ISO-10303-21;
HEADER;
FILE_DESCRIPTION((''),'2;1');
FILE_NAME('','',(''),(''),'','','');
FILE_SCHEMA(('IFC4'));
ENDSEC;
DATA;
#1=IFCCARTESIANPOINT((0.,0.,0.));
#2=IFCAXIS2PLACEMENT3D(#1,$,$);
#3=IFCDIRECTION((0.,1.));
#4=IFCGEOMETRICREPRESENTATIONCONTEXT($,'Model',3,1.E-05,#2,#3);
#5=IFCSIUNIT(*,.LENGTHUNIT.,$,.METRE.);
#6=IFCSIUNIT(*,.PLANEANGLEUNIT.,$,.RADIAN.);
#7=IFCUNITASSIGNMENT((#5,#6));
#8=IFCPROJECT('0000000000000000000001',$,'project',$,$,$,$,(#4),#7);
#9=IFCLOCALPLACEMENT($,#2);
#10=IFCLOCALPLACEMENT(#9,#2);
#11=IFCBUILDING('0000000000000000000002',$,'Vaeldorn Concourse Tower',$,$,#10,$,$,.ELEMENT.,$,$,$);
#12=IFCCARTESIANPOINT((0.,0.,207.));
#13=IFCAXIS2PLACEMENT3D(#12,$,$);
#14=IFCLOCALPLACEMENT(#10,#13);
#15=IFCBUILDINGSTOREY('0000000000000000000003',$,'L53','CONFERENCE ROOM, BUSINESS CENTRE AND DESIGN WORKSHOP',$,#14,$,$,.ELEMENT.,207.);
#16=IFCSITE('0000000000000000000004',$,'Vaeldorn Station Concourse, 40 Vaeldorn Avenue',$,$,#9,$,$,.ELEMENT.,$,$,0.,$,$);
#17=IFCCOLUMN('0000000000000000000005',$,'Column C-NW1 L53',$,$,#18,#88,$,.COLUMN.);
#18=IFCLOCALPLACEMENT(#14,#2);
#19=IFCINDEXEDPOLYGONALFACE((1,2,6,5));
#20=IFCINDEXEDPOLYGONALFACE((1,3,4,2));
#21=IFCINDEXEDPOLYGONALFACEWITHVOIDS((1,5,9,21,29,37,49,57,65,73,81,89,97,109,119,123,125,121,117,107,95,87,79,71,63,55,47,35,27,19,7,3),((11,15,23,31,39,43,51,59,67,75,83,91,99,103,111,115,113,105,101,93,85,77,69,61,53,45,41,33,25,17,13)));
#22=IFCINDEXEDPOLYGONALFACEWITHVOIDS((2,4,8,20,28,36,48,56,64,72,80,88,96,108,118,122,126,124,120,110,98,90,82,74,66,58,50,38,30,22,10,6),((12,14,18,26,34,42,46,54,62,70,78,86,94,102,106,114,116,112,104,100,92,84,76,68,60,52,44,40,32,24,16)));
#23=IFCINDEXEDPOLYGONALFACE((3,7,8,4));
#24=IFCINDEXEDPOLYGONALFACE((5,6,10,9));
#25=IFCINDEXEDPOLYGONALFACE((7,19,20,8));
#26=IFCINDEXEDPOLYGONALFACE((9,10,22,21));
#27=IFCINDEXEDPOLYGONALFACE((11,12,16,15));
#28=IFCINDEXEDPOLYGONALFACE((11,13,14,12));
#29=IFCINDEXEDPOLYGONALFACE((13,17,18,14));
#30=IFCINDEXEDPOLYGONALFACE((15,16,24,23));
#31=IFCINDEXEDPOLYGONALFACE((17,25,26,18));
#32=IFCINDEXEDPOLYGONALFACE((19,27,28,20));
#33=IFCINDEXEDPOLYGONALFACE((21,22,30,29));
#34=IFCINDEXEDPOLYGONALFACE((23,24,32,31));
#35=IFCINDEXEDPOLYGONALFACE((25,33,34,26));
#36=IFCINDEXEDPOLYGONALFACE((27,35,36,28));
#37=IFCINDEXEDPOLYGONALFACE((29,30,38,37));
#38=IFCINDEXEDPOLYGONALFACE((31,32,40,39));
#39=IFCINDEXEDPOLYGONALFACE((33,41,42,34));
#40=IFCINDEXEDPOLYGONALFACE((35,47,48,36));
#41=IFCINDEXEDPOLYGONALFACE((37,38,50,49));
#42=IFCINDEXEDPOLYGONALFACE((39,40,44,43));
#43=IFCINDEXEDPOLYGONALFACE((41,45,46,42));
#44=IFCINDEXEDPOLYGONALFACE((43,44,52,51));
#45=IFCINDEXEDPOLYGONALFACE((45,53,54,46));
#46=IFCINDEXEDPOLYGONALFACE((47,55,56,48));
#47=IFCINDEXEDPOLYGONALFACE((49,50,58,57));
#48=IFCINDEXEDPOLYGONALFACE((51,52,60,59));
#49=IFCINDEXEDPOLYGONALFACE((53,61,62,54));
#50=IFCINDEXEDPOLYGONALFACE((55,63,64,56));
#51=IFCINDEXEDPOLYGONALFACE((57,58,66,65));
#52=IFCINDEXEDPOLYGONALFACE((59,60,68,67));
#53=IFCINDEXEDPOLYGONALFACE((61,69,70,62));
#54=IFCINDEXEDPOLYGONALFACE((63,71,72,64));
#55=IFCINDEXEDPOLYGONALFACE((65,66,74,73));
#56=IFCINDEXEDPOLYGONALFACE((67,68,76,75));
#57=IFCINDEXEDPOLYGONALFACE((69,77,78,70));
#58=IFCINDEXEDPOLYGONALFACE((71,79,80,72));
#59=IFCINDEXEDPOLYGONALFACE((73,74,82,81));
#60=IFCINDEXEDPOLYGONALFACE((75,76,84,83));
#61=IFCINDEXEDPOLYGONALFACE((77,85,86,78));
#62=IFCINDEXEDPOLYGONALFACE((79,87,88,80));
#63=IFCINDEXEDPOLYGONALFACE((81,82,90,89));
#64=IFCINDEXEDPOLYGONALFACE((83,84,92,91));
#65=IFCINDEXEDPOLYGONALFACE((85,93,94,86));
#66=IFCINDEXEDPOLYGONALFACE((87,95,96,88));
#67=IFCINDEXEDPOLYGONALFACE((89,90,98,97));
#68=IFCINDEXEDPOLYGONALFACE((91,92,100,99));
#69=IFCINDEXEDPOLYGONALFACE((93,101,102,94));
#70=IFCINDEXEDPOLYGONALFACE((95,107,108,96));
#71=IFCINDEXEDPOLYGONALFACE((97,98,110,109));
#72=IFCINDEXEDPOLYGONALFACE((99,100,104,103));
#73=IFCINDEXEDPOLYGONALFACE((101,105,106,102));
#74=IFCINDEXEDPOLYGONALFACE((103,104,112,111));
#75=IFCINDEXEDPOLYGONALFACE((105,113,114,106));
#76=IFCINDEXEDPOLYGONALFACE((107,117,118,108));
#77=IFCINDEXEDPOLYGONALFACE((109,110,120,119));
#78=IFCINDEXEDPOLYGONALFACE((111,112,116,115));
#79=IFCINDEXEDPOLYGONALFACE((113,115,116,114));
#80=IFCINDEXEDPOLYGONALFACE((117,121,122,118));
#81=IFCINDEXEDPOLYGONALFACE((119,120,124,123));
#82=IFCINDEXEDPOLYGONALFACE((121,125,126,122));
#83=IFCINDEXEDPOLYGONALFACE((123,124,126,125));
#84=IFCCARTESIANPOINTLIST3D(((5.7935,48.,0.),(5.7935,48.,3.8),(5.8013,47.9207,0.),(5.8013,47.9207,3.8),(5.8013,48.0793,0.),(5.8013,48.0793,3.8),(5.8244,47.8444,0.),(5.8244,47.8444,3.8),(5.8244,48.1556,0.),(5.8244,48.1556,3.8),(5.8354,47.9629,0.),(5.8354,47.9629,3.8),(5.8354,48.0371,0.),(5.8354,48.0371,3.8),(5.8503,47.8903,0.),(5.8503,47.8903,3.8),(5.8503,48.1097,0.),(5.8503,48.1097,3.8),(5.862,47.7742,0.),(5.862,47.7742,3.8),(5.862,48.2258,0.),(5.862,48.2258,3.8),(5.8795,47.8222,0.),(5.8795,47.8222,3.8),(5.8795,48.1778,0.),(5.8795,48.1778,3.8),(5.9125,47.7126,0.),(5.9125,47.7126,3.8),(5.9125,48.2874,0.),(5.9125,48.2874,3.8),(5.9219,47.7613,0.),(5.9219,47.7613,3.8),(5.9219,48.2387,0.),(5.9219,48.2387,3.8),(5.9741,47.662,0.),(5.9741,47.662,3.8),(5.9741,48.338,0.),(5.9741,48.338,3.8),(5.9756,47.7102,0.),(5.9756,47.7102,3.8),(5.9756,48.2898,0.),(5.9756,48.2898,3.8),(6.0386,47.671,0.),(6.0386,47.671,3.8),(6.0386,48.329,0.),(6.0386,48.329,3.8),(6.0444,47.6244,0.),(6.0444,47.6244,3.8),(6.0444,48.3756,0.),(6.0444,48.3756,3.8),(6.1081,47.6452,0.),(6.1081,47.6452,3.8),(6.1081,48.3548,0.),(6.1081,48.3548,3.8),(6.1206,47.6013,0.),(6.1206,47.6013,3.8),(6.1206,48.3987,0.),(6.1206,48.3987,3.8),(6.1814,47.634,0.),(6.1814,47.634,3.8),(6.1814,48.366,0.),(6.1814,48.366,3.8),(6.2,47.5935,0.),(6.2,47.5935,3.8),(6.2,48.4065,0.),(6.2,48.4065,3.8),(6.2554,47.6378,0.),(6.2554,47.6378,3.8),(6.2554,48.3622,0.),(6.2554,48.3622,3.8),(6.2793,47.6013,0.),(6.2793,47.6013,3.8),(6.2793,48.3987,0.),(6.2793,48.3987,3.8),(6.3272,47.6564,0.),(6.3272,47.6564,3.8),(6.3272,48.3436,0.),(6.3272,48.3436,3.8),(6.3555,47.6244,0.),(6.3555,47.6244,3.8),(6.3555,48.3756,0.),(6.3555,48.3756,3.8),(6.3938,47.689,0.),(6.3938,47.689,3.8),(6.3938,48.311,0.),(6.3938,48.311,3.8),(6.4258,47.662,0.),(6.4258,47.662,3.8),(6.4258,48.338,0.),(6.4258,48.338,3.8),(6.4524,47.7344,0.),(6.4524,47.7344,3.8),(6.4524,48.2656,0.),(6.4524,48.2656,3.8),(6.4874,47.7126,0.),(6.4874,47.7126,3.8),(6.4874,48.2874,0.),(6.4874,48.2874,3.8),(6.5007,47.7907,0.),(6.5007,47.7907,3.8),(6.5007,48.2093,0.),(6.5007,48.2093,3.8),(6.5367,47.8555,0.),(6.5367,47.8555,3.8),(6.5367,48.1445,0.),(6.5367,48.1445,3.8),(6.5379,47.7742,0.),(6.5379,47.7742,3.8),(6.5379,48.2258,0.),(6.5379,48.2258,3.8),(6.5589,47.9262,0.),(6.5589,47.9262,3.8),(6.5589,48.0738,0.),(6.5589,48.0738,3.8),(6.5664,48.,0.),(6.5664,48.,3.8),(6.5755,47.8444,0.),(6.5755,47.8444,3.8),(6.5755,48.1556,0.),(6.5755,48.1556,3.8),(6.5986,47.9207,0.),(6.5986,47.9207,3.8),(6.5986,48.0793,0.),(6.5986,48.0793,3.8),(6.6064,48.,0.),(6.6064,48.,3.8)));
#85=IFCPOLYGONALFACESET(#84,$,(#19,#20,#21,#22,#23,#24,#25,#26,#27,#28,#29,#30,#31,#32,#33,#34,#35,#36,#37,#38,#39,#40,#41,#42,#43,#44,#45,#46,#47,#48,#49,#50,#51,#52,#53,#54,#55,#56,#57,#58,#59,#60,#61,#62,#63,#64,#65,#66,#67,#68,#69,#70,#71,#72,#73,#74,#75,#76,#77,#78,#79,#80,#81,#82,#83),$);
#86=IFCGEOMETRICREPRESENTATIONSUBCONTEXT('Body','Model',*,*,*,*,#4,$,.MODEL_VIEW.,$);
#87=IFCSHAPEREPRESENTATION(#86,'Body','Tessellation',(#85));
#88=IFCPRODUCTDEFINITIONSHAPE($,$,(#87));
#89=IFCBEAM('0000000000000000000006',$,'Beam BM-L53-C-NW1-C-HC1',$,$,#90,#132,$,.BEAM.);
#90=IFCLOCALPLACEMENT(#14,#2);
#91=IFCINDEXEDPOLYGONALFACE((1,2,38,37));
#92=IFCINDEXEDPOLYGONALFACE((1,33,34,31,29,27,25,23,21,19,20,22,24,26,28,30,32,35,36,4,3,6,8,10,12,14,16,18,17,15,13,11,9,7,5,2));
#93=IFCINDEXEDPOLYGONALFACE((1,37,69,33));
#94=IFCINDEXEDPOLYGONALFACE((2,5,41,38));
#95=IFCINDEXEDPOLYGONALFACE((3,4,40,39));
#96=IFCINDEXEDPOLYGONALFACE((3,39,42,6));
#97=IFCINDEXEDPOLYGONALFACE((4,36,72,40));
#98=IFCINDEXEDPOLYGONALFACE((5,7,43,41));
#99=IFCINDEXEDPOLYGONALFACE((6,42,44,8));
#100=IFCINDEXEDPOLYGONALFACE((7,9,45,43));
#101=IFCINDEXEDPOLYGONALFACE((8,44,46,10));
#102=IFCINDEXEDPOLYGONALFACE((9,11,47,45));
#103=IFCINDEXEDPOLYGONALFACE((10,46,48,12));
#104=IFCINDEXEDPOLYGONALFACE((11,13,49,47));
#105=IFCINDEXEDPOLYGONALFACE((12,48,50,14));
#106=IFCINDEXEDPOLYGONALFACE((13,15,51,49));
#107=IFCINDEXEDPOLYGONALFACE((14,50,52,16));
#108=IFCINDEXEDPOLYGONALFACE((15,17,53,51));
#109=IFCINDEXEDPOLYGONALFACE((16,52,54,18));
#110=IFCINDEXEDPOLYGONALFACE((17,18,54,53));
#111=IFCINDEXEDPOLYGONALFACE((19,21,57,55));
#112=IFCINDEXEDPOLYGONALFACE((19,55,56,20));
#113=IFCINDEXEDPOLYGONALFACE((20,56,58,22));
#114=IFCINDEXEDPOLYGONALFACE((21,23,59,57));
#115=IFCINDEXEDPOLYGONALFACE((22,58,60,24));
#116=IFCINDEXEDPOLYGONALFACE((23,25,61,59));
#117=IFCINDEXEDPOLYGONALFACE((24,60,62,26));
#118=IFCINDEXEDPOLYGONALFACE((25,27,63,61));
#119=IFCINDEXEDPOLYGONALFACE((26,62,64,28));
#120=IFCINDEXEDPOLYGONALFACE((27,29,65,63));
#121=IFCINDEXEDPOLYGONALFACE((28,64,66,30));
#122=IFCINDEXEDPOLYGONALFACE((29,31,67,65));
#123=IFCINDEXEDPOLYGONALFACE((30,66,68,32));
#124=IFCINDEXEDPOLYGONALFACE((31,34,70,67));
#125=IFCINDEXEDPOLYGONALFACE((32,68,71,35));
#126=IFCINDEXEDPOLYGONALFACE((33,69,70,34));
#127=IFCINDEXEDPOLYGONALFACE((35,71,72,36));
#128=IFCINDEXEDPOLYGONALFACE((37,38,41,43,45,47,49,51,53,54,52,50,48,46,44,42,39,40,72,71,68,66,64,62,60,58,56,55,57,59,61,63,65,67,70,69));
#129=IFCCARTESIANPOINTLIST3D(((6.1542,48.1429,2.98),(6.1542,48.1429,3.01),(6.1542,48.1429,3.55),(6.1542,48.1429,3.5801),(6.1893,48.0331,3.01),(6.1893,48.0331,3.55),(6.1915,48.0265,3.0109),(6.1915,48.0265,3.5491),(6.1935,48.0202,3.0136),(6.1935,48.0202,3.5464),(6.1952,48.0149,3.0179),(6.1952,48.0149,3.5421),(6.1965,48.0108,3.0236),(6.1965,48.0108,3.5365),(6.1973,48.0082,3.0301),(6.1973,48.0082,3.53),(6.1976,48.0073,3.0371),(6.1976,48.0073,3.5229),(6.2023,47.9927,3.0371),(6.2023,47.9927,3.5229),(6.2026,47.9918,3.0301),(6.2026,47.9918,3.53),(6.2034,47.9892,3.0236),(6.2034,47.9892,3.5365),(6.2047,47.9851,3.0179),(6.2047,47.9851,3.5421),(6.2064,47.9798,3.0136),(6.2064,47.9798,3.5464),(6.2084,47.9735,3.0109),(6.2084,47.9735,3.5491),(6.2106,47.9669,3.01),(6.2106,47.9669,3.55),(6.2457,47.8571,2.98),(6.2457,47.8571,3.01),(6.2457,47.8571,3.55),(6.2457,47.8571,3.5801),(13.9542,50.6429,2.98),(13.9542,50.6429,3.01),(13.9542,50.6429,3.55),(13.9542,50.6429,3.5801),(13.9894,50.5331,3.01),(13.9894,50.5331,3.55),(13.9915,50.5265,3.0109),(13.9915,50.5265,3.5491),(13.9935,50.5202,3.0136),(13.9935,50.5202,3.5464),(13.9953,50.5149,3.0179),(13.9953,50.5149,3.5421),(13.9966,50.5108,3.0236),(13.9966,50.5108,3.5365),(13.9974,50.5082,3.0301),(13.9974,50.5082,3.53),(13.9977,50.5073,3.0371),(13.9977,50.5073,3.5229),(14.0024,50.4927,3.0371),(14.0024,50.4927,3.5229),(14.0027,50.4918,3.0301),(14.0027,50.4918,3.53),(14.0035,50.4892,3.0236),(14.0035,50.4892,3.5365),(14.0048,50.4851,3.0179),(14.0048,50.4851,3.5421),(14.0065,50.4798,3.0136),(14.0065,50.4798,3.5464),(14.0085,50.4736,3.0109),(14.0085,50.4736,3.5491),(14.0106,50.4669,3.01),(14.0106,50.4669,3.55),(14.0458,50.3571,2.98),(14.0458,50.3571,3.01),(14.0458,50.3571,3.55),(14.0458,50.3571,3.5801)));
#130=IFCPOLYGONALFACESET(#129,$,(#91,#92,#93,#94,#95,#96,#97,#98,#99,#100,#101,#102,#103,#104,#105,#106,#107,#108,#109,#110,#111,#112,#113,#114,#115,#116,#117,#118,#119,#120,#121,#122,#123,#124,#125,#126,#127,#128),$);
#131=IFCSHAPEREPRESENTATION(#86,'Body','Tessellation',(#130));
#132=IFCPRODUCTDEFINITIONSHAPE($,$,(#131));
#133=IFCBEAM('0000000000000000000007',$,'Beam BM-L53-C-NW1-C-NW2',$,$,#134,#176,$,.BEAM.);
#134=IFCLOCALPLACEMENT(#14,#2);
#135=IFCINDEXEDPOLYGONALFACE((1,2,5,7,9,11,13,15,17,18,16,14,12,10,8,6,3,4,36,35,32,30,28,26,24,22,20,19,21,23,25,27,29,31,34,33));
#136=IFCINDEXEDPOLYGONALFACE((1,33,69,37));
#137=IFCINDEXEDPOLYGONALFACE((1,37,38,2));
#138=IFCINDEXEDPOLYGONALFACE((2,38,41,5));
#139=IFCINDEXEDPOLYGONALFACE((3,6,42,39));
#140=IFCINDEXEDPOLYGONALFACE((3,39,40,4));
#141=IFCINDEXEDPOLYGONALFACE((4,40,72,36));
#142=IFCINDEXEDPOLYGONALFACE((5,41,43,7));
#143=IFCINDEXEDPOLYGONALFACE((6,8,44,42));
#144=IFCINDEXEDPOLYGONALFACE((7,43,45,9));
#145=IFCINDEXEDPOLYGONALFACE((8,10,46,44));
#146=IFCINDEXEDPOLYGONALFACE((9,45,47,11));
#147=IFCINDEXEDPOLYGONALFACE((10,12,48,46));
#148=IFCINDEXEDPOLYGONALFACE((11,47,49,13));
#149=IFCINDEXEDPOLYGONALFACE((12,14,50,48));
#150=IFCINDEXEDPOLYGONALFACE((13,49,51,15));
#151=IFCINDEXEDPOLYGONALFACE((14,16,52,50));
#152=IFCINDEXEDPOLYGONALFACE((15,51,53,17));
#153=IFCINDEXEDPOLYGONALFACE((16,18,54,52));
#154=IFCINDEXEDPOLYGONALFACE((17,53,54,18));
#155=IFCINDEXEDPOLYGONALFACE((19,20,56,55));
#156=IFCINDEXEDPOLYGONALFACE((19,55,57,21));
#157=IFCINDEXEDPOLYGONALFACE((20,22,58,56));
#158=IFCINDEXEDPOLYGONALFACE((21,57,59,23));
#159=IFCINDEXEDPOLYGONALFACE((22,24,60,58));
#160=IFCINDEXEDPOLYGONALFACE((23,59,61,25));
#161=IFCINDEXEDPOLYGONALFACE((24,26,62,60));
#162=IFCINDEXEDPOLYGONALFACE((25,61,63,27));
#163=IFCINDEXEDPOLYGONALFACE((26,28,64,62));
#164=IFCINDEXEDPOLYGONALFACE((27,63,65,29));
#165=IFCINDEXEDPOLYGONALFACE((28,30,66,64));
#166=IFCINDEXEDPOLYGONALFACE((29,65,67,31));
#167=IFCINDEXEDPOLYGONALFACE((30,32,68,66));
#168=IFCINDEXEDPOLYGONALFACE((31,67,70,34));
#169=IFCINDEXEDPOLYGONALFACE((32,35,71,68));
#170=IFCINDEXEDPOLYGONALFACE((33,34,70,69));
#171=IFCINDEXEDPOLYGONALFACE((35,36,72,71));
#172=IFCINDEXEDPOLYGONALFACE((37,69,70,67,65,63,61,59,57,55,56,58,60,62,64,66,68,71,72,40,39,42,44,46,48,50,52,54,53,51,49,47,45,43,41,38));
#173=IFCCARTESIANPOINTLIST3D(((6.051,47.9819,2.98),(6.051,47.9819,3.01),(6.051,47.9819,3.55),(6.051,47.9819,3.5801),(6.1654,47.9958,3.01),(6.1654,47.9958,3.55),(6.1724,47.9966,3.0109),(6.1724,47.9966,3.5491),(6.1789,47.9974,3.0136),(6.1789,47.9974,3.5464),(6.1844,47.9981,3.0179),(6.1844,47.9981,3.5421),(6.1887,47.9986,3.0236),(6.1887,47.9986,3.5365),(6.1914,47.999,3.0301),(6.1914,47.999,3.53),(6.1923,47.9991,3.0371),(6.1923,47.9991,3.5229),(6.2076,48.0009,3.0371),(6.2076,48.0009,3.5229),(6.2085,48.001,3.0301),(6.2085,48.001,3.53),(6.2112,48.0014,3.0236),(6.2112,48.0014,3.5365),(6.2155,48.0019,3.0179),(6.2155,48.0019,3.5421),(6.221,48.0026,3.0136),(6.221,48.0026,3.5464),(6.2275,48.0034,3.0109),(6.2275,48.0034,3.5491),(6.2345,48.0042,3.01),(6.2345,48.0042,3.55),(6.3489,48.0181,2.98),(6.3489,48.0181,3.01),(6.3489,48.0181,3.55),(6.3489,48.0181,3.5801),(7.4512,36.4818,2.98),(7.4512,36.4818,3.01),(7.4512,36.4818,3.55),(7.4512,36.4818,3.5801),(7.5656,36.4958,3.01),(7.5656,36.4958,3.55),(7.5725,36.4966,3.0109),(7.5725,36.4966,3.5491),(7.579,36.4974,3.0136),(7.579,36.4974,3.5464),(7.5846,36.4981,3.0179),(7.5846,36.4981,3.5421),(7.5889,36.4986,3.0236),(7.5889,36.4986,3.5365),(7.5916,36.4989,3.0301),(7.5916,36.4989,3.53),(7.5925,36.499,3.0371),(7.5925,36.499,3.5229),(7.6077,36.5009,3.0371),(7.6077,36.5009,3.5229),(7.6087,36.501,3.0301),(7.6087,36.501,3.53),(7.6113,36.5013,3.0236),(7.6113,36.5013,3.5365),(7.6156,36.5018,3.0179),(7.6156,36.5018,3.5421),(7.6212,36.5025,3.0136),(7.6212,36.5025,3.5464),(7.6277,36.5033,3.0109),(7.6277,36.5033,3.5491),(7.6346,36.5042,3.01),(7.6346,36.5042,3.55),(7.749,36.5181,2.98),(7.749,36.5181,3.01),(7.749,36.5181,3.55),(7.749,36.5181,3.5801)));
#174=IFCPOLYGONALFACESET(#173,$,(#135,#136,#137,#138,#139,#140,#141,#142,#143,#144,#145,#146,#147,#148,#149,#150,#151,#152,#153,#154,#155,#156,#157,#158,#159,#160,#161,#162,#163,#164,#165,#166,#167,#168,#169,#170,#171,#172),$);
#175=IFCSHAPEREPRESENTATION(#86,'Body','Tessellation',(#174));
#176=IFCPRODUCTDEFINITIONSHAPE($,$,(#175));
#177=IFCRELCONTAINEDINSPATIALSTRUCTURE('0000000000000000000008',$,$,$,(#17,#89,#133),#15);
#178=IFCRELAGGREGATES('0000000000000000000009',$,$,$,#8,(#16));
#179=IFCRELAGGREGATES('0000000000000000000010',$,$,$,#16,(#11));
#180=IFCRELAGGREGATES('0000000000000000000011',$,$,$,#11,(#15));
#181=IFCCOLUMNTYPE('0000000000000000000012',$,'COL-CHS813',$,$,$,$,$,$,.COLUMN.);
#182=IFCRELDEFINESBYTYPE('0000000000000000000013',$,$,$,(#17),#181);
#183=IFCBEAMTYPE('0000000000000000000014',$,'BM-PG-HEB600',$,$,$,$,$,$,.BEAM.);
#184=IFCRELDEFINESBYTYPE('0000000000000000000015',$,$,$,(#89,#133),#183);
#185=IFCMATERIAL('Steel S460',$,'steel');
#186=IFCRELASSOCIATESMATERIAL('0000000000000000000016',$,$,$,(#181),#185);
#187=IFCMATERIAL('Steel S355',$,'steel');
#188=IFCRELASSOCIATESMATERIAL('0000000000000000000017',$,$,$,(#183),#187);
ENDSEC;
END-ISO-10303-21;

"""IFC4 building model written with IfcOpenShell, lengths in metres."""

from ifc_helpers import new_model, si_unit, direction, frame, origin, origin_2d, place, context, subcontext, project, spatial, hollow_circle, i_section, extrude, source, transform, mapped, material, material_profile, profile_set, type_object, element, save


model = new_model("IFC4")

# Units and contexts
model_context = context("Model", 3, precision=1e-05, world=origin(), true_north=direction((0.0, 1.0)))
body_context = subcontext(model_context, "Body", "Model", "MODEL_VIEW")
ifc_project = project(units=[si_unit("LENGTHUNIT", "METRE"), si_unit("PLANEANGLEUNIT", "RADIAN")], contexts=[model_context])

# Site, building, storey
site_placement = place(None, origin())
site = spatial("IfcSite", under=ifc_project, at=site_placement, Name="Vaeldorn Station Concourse, 40 Vaeldorn Avenue", CompositionType="ELEMENT", RefElevation=0.0)
building_placement = place(site_placement, origin())
building = spatial("IfcBuilding", under=site, at=building_placement, Name="Vaeldorn Concourse Tower", CompositionType="ELEMENT")
storey_placement = place(building_placement, frame((0.0, 0.0, 207.0)))
storey = spatial("IfcBuildingStorey", under=building, at=storey_placement, Name="L53", Description="CONFERENCE ROOM, BUSINESS CENTRE AND DESIGN WORKSHOP", CompositionType="ELEMENT", Elevation=207.0)

# Column
ifc_material_1 = material(Name="Steel S460", Category="steel")
ifc_material_profile_1 = material_profile(ifc_material_1, hollow_circle(Radius=0.4065, WallThickness=0.04, at=origin_2d()), Name="CHS 813x40")
ifc_profile_set_1 = profile_set([ifc_material_profile_1], Name="Steel S460")
column_type = type_object("IfcColumnType", Name="COL-CHS813", PredefinedType="COLUMN", material=ifc_profile_set_1)
shared_shape_1 = source(origin(), body_context, "Body", "SweptSolid", [
    extrude(hollow_circle(Radius=0.4065, WallThickness=0.04, at=origin_2d()), origin(), (0.0, 0.0, 1.0), 3.8),
])
column_placement = place(storey_placement, frame((6.2, 48.0, 0.0), z_axis=(0.0, 0.0, 1.0), x_axis=(1.0, 0.0, 0.0)))
element("IfcColumn", 1, at=column_placement, inside=storey, type_object=column_type, Name="Column C-NW1 L53", PredefinedType="COLUMN", context=body_context, shape_type="MappedRepresentation", body=[
    mapped(shared_shape_1, transform((0.0, 0.0, 0.0), scale=1.0)),
])

# Beams
ifc_material_2 = material(Name="Steel S355", Category="steel")
ifc_material_profile_2 = material_profile(ifc_material_2, i_section(OverallWidth=0.3, OverallDepth=0.6001, WebThickness=0.0154, FlangeThickness=0.03, FilletRadius=0.0271, at=origin_2d()), Name="HEB 600")
ifc_profile_set_2 = profile_set([ifc_material_profile_2], Name="Steel S355")
beam_type_1 = type_object("IfcBeamType", Name="BM-PG-HEB600", PredefinedType="BEAM", material=ifc_profile_set_2)
shared_shape_2 = source(origin(), body_context, "Body", "SweptSolid", [
    extrude(i_section(OverallWidth=0.3, OverallDepth=0.6001, WebThickness=0.0154, FlangeThickness=0.03, FilletRadius=0.0271, at=origin_2d()), origin(), (0.0, 0.0, 1.0), 8.1909),
])
beam_1_placement = place(storey_placement, frame((6.2, 48.0, 3.28), z_axis=(0.952283, 0.305217, 0.0), x_axis=(-0.305217, 0.952283, 0.0)))
element("IfcBeam", 2, at=beam_1_placement, inside=storey, type_object=beam_type_1, Name="Beam BM-L53-C-NW1-C-HC1", PredefinedType="BEAM", context=body_context, shape_type="MappedRepresentation", body=[
    mapped(shared_shape_2, transform((0.0, 0.0, 0.0), scale=1.0)),
])
shared_shape_3 = source(origin(), body_context, "Body", "SweptSolid", [
    extrude(i_section(OverallWidth=0.3, OverallDepth=0.6001, WebThickness=0.0154, FlangeThickness=0.03, FilletRadius=0.0271, at=origin_2d()), origin(), (0.0, 0.0, 1.0), 11.585),
])
beam_2_placement = place(storey_placement, frame((6.2, 48.0, 3.28), z_axis=(0.120859, -0.99267, 0.0), x_axis=(0.99267, 0.120859, 0.0)))
element("IfcBeam", 3, at=beam_2_placement, inside=storey, type_object=beam_type_1, Name="Beam BM-L53-C-NW1-C-NW2", PredefinedType="BEAM", context=body_context, shape_type="MappedRepresentation", body=[
    mapped(shared_shape_3, transform((0.0, 0.0, 0.0), scale=1.0)),
])

save(model, "model.ifc")
